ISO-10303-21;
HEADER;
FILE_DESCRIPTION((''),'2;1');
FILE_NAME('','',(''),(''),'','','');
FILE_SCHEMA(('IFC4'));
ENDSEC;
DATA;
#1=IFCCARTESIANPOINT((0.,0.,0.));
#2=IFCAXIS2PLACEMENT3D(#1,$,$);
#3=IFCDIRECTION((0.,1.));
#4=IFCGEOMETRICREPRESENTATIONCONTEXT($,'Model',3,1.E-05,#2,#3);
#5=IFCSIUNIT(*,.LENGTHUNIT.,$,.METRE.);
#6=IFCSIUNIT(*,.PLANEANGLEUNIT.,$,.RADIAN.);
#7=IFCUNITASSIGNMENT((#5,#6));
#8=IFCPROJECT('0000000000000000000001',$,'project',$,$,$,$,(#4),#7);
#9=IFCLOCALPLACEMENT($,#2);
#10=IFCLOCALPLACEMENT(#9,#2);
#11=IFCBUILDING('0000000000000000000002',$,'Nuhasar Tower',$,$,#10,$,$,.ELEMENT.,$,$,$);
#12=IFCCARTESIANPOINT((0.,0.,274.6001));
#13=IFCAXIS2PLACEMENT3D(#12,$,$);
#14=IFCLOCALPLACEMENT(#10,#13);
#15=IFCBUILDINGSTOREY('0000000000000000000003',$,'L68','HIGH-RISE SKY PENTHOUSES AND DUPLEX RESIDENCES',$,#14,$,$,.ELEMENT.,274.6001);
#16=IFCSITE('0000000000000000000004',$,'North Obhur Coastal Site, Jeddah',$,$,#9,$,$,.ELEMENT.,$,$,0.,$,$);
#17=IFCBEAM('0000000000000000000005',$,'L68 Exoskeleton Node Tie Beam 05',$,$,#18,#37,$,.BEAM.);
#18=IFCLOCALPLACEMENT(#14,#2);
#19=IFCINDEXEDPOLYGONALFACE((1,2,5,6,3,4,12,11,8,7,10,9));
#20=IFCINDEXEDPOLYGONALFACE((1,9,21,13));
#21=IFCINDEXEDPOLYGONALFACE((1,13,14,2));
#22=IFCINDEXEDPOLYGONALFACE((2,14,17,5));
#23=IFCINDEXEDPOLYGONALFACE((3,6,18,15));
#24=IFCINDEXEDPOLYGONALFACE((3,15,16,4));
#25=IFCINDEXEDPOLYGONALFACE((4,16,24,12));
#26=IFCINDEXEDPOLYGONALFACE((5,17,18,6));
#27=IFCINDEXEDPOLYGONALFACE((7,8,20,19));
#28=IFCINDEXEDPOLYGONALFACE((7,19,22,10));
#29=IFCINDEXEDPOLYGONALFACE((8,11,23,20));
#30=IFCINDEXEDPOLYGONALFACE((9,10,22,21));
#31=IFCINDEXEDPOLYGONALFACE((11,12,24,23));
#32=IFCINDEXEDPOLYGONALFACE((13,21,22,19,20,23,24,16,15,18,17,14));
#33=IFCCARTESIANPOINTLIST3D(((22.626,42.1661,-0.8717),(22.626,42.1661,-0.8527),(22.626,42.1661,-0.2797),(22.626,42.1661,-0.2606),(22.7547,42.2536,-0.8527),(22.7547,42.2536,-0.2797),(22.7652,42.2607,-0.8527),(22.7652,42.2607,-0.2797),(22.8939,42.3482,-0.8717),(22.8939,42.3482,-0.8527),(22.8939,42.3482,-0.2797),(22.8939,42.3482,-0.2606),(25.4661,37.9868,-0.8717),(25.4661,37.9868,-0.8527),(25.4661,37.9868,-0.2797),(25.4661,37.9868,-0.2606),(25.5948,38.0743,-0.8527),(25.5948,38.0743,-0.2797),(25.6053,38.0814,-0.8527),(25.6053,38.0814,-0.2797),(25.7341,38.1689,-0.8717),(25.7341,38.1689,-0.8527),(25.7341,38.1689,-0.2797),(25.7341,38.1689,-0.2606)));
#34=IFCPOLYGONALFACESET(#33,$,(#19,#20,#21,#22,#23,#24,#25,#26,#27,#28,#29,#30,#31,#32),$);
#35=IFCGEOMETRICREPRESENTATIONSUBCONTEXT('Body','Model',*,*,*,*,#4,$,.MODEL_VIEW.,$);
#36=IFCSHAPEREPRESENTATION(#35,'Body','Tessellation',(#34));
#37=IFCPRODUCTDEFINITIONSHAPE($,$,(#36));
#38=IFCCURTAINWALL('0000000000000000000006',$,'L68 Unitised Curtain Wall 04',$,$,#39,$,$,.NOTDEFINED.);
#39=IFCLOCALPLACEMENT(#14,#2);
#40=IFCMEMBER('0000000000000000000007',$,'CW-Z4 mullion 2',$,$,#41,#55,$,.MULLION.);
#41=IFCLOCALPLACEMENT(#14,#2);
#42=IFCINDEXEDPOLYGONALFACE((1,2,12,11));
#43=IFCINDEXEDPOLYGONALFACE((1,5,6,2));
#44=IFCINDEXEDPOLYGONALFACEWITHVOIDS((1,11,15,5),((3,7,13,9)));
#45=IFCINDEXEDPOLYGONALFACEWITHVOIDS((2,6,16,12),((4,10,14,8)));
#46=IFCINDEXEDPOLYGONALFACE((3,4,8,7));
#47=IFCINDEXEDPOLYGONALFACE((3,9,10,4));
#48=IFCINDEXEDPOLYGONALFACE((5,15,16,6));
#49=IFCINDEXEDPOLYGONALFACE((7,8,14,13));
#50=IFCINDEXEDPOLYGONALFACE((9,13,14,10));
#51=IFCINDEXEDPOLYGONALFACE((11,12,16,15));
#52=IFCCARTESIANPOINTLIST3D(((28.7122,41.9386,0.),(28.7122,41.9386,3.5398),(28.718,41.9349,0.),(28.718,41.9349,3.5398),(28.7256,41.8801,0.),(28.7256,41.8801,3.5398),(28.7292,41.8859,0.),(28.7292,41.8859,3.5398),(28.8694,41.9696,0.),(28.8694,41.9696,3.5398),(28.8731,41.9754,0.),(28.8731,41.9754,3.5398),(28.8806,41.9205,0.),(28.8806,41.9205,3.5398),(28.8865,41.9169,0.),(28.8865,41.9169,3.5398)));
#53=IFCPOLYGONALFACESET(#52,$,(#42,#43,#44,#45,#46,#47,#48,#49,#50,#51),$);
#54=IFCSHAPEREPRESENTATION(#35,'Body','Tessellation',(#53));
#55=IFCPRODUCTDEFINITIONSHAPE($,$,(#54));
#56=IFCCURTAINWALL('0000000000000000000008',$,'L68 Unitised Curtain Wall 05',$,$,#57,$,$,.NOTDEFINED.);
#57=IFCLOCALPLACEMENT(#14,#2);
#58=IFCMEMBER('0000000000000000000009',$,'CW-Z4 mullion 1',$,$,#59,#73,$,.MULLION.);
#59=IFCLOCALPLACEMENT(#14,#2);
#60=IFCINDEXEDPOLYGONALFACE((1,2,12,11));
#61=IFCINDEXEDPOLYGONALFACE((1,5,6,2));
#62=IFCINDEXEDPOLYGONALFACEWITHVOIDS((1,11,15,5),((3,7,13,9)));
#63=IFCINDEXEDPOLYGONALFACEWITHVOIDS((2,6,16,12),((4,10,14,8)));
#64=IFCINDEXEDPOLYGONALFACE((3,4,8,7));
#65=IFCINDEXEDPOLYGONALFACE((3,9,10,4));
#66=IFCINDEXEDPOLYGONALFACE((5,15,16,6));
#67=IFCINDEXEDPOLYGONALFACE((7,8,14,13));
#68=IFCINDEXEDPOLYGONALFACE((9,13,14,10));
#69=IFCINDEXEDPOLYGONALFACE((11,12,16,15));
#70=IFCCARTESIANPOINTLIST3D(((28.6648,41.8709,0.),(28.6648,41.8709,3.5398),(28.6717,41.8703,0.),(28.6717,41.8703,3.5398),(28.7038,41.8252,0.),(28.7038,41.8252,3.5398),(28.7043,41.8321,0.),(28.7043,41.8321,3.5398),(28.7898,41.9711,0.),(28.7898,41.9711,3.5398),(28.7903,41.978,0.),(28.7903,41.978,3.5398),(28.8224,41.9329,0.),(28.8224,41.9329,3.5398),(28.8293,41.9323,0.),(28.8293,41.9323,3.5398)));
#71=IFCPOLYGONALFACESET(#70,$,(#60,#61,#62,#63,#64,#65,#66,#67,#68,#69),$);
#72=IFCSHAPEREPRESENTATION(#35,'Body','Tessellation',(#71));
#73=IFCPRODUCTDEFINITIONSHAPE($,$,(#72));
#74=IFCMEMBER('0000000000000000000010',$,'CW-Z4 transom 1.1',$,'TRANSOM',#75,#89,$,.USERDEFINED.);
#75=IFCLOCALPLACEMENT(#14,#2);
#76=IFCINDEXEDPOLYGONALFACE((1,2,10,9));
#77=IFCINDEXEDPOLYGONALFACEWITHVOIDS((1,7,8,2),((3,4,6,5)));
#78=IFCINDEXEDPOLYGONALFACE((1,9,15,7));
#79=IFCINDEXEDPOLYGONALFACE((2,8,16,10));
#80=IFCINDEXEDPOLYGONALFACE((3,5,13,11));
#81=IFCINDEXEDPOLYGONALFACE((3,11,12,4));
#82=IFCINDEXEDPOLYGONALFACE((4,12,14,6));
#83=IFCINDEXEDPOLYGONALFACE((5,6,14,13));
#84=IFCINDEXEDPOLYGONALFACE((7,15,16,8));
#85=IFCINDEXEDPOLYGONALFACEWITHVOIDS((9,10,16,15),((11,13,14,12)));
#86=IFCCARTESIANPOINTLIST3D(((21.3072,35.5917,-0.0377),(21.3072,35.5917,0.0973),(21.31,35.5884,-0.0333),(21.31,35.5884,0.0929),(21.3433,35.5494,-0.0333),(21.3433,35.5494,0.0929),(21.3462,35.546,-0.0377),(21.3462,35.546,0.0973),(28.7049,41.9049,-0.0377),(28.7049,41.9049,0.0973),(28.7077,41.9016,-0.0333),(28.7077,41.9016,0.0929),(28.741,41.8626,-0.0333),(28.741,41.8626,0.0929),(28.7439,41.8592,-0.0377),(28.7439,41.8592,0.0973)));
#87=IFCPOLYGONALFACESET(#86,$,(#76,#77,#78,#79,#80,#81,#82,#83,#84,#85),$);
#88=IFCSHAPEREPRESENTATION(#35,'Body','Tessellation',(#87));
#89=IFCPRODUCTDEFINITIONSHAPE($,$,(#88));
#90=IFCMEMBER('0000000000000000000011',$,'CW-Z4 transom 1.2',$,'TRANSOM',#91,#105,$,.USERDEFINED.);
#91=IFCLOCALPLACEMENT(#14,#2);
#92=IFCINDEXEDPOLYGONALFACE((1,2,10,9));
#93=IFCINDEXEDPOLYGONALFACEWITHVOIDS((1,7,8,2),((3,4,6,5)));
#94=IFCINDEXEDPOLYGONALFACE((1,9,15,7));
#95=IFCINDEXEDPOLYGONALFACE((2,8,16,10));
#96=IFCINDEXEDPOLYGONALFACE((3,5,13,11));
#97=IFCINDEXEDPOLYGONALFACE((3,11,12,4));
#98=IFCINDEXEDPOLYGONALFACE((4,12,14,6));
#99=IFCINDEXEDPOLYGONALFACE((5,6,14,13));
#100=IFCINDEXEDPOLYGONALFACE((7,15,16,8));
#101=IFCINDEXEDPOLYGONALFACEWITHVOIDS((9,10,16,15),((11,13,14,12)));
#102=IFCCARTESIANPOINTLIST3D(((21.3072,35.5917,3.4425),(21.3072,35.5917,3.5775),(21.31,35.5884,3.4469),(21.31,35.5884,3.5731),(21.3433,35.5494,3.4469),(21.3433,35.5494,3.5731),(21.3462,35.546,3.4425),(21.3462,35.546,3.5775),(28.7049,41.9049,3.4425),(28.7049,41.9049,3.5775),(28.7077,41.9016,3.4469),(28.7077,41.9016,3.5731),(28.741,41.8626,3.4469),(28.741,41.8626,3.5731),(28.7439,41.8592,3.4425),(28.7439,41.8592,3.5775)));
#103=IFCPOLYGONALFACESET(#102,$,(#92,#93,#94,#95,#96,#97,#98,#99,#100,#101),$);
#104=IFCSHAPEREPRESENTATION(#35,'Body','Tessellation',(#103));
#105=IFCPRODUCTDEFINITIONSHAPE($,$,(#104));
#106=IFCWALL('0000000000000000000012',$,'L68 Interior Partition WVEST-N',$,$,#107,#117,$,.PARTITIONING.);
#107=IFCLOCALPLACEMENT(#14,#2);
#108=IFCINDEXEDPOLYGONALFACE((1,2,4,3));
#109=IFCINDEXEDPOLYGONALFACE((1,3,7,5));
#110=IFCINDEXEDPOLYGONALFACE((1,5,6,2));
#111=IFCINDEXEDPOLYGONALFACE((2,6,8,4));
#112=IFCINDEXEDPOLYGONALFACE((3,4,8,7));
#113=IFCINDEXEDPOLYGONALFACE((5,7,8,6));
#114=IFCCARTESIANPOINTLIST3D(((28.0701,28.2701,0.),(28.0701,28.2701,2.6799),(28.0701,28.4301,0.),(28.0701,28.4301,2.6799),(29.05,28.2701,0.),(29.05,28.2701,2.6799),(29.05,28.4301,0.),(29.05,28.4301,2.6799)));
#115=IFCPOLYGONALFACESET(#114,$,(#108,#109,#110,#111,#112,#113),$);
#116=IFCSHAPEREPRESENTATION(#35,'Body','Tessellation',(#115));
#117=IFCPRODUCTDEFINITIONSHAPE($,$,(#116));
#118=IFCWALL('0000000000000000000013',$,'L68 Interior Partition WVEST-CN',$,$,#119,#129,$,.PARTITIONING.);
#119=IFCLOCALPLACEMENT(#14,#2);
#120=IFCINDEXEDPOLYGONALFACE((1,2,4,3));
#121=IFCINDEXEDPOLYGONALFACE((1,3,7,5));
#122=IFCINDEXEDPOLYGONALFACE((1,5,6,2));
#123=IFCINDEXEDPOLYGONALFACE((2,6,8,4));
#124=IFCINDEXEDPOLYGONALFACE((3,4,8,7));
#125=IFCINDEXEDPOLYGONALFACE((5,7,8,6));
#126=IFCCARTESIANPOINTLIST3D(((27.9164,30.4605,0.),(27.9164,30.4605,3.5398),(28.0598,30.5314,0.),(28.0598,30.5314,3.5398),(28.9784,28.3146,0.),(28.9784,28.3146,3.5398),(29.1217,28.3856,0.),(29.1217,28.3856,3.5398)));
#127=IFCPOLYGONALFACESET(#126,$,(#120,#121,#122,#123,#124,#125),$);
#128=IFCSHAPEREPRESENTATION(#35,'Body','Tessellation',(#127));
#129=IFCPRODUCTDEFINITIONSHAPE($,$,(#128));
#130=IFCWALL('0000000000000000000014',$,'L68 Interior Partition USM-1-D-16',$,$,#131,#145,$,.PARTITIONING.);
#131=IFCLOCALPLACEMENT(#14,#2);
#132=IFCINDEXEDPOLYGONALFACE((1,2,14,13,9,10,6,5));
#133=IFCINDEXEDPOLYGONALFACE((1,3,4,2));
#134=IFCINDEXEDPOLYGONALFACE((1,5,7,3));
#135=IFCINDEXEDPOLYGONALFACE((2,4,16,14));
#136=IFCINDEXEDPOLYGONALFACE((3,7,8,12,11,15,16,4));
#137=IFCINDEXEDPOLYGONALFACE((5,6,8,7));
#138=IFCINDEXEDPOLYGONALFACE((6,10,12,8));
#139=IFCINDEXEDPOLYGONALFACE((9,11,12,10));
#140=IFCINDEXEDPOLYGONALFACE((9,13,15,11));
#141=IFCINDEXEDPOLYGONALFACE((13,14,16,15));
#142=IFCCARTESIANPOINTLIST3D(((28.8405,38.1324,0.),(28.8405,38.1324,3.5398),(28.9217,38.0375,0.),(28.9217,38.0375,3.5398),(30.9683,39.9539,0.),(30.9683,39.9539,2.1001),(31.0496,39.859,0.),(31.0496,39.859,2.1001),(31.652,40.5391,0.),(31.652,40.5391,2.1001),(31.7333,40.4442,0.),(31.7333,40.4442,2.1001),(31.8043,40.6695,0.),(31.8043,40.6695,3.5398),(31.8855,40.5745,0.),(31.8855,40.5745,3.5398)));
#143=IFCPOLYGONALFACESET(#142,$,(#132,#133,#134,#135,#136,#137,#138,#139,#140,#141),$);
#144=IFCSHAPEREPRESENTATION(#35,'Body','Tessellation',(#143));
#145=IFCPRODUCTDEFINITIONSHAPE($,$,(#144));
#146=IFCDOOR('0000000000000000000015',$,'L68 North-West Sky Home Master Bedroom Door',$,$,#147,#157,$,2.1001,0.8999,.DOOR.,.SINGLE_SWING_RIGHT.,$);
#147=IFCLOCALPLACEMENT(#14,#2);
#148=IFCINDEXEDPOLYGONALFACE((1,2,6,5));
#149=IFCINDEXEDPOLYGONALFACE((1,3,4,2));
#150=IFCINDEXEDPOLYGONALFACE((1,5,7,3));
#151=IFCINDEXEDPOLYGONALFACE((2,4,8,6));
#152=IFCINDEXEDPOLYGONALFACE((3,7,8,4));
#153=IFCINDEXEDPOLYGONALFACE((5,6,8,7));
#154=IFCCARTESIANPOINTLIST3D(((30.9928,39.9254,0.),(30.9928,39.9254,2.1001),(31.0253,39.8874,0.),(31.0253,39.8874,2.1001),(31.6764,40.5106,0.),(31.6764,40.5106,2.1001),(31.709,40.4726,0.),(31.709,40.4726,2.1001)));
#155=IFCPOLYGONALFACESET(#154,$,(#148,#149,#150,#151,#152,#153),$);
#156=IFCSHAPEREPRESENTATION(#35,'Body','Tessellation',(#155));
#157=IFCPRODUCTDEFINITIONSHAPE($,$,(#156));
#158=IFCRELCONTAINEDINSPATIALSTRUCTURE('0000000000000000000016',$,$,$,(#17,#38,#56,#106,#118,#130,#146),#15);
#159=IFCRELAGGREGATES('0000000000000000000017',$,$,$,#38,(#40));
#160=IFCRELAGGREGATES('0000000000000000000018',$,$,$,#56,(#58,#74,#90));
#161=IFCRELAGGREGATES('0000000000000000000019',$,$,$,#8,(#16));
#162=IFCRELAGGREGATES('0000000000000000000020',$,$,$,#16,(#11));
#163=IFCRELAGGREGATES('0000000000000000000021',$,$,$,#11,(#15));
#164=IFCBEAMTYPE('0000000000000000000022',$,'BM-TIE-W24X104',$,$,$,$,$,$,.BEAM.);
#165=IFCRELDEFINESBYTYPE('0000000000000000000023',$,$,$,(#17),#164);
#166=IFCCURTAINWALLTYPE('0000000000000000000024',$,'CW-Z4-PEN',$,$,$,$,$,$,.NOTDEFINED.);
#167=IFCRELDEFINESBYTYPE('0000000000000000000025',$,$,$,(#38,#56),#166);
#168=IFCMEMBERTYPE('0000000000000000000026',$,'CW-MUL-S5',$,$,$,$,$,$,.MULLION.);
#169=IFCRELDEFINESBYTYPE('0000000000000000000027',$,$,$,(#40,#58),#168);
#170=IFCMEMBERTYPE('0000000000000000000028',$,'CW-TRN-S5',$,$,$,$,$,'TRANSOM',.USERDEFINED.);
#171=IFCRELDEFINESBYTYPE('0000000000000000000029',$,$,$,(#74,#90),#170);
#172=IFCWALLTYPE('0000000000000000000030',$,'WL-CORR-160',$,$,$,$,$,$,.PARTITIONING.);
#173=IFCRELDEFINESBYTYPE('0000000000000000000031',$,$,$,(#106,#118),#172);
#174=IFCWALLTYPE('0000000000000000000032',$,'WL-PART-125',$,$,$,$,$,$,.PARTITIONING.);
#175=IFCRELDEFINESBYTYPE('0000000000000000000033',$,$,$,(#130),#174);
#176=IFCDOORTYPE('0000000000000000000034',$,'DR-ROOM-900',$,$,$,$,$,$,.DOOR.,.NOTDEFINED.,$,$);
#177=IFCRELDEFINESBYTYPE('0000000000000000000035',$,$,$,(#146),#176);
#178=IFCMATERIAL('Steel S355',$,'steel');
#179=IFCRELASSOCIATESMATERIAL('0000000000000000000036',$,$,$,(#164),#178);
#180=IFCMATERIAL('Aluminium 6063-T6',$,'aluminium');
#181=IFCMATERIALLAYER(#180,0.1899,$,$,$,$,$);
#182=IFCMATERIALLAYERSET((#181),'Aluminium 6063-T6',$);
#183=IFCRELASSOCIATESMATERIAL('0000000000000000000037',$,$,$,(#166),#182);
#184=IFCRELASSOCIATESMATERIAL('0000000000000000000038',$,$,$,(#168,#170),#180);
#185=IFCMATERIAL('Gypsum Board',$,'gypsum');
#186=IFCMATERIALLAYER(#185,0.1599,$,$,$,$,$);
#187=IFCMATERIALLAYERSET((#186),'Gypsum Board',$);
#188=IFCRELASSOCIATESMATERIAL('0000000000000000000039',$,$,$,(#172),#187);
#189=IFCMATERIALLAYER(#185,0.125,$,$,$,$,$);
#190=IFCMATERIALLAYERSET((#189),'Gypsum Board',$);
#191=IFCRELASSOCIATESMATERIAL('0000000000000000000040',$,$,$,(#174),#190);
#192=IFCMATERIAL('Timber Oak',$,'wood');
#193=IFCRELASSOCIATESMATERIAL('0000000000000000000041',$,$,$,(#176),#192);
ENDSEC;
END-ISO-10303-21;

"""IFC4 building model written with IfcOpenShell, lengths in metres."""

from ifc_helpers import new_model, si_unit, direction, frame, frame_2d, origin, origin_2d, place, context, subcontext, project, spatial, rectangle, hollow_rectangle, i_section, extrude, material, layer, layer_set, material_profile, profile_set, type_object, element, fill, aggregate, save


model = new_model("IFC4")

# Units and contexts
model_context = context("Model", 3, precision=1e-05, world=origin(), true_north=direction((0.0, 1.0)))
body_context = subcontext(model_context, "Body", "Model", "MODEL_VIEW")
ifc_project = project(units=[si_unit("LENGTHUNIT", "METRE"), si_unit("PLANEANGLEUNIT", "RADIAN")], contexts=[model_context])

# Site, building, storey
site_placement = place(None, origin())
site = spatial("IfcSite", under=ifc_project, at=site_placement, Name="North Obhur Coastal Site, Jeddah", CompositionType="ELEMENT", RefElevation=0.0)
building_placement = place(site_placement, origin())
building = spatial("IfcBuilding", under=site, at=building_placement, Name="Nuhasar Tower", CompositionType="ELEMENT")
storey_placement = place(building_placement, frame((0.0, 0.0, 274.6001)))
storey = spatial("IfcBuildingStorey", under=building, at=storey_placement, Name="L68", Description="HIGH-RISE SKY PENTHOUSES AND DUPLEX RESIDENCES", CompositionType="ELEMENT", Elevation=274.6001)

# Beam
ifc_material_1 = material(Name="Steel S355", Category="steel")
ifc_material_profile_1 = material_profile(ifc_material_1, i_section(OverallWidth=0.324, OverallDepth=0.6111, WebThickness=0.0127, FlangeThickness=0.019, at=origin_2d()), Name="W24X104")
ifc_profile_set_1 = profile_set([ifc_material_profile_1], Name="Steel S355")
beam_type_1 = type_object("IfcBeamType", Name="BM-TIE-W24X104", PredefinedType="BEAM", material=ifc_profile_set_1)
beam_1_placement = place(storey_placement, frame((25.6001, 38.0779, -0.5662), z_axis=(-0.562071, 0.827089, 0.0), x_axis=(-0.827089, -0.562071, 0.0)))
element("IfcBeam", 1, at=beam_1_placement, inside=storey, type_object=beam_type_1, Name="L68 Exoskeleton Node Tie Beam 05", PredefinedType="BEAM", context=body_context, shape_type="SweptSolid", body=[
    extrude(i_section(OverallWidth=0.324, OverallDepth=0.6111, WebThickness=0.0127, FlangeThickness=0.019, at=origin_2d()), origin(), (0.0, 0.0, 1.0), 5.053),
])

# Curtain wall, member
ifc_material_2 = material(Name="Aluminium 6063-T6", Category="aluminium")
ifc_layer_1 = layer(ifc_material_2, 0.1899)
ifc_layer_set_1 = layer_set([ifc_layer_1], Name="Aluminium 6063-T6")
curtain_wall_type = type_object("IfcCurtainWallType", Name="CW-Z4-PEN", PredefinedType="NOTDEFINED", material=ifc_layer_set_1)
curtain_wall_1_placement = place(storey_placement, origin())
curtain_wall_1 = element("IfcCurtainWall", 2, at=curtain_wall_1_placement, inside=storey, type_object=curtain_wall_type, Name="L68 Unitised Curtain Wall 04", PredefinedType="NOTDEFINED")
ifc_material_profile_2 = material_profile(ifc_material_2, hollow_rectangle(XDim=0.0601, YDim=0.165, WallThickness=0.0049, at=origin_2d()), Name="CWM-5")
ifc_profile_set_2 = profile_set([ifc_material_profile_2], Name="Aluminium 6063-T6")
member_type_1 = type_object("IfcMemberType", Name="CW-MUL-S5", PredefinedType="MULLION", material=ifc_profile_set_2)
member_1_placement = place(storey_placement, frame((28.7993, 41.9277, 0.0), z_axis=(0.0, 0.0, 1.0), x_axis=(0.222889, -0.974844, 0.0)))
member_1 = element("IfcMember", 3, at=member_1_placement, type_object=member_type_1, Name="CW-Z4 mullion 2", PredefinedType="MULLION", context=body_context, shape_type="SweptSolid", body=[
    extrude(hollow_rectangle(XDim=0.0601, YDim=0.165, WallThickness=0.0049, at=origin_2d()), origin(), (0.0, 0.0, 1.0), 3.5398),
])
aggregate(curtain_wall_1, [member_1])

# Curtain wall, members
curtain_wall_2_placement = place(storey_placement, origin())
curtain_wall_2 = element("IfcCurtainWall", 4, at=curtain_wall_2_placement, inside=storey, type_object=curtain_wall_type, Name="L68 Unitised Curtain Wall 05", PredefinedType="NOTDEFINED")
member_2_placement = place(storey_placement, frame((28.7471, 41.9016, 0.0), z_axis=(0.0, 0.0, 1.0), x_axis=(0.649142, -0.760667, 0.0)))
member_2 = element("IfcMember", 5, at=member_2_placement, type_object=member_type_1, Name="CW-Z4 mullion 1", PredefinedType="MULLION", context=body_context, shape_type="SweptSolid", body=[
    extrude(hollow_rectangle(XDim=0.0601, YDim=0.165, WallThickness=0.0049, at=origin_2d()), origin(), (0.0, 0.0, 1.0), 3.5398),
])
ifc_material_profile_3 = material_profile(ifc_material_2, hollow_rectangle(XDim=0.0601, YDim=0.135, WallThickness=0.0044, at=origin_2d()), Name="CWT-5")
ifc_profile_set_3 = profile_set([ifc_material_profile_3], Name="Aluminium 6063-T6")
member_type_2 = type_object("IfcMemberType", Name="CW-TRN-S5", ElementType="TRANSOM", PredefinedType="USERDEFINED", material=ifc_profile_set_3)
member_3_placement = place(storey_placement, frame((28.7244, 41.8821, 0.0298), z_axis=(-0.76066, -0.64915, 0.0), x_axis=(0.64915, -0.76066, 0.0)))
member_3 = element("IfcMember", 6, at=member_3_placement, type_object=member_type_2, Name="CW-Z4 transom 1.1", ObjectType="TRANSOM", PredefinedType="USERDEFINED", context=body_context, shape_type="SweptSolid", body=[
    extrude(hollow_rectangle(XDim=0.0601, YDim=0.135, WallThickness=0.0044, at=origin_2d()), origin(), (0.0, 0.0, 1.0), 9.7253),
])
member_4_placement = place(storey_placement, frame((28.7244, 41.8821, 3.51), z_axis=(-0.76066, -0.64915, 0.0), x_axis=(0.64915, -0.76066, 0.0)))
member_4 = element("IfcMember", 7, at=member_4_placement, type_object=member_type_2, Name="CW-Z4 transom 1.2", ObjectType="TRANSOM", PredefinedType="USERDEFINED", context=body_context, shape_type="SweptSolid", body=[
    extrude(hollow_rectangle(XDim=0.0601, YDim=0.135, WallThickness=0.0044, at=origin_2d()), origin(), (0.0, 0.0, 1.0), 9.7253),
])
aggregate(curtain_wall_2, [member_2, member_3, member_4])

# Shared definitions
ifc_material_3 = material(Name="Gypsum Board", Category="gypsum")
ifc_layer_2 = layer(ifc_material_3, 0.1599)
ifc_layer_set_2 = layer_set([ifc_layer_2], Name="Gypsum Board")
wall_type_1 = type_object("IfcWallType", Name="WL-CORR-160", PredefinedType="PARTITIONING", material=ifc_layer_set_2)
ifc_material_4 = material(Name="Timber Oak", Category="wood")

# Walls
wall_1_placement = place(storey_placement, frame((28.0701, 28.3501, 0.0), z_axis=(0.0, 0.0, 1.0), x_axis=(1.0, 0.0, 0.0)))
element("IfcWall", 8, at=wall_1_placement, inside=storey, type_object=wall_type_1, Name="L68 Interior Partition WVEST-N", PredefinedType="PARTITIONING", context=body_context, shape_type="SweptSolid", body=[
    extrude(rectangle(XDim=0.98, YDim=0.1599, at=frame_2d((0.49, 0.0))), origin(), (0.0, 0.0, 1.0), 2.6799),
])
wall_2_placement = place(storey_placement, frame((27.988, 30.4961, 0.0), z_axis=(0.0, 0.0, 1.0), x_axis=(0.443539, -0.896255, 0.0)))
element("IfcWall", 9, at=wall_2_placement, inside=storey, type_object=wall_type_1, Name="L68 Interior Partition WVEST-CN", PredefinedType="PARTITIONING", context=body_context, shape_type="SweptSolid", body=[
    extrude(rectangle(XDim=2.3943, YDim=0.1599, at=frame_2d((1.1973, 0.0))), origin(), (0.0, 0.0, 1.0), 3.5398),
])

# Wall, opening, door
ifc_layer_3 = layer(ifc_material_3, 0.125)
ifc_layer_set_3 = layer_set([ifc_layer_3], Name="Gypsum Board")
wall_type_2 = type_object("IfcWallType", Name="WL-PART-125", PredefinedType="PARTITIONING", material=ifc_layer_set_3)
wall_3_placement = place(storey_placement, frame((28.8811, 38.085, 0.0), z_axis=(0.0, 0.0, 1.0), x_axis=(0.75968, 0.650297, 0.0)))
wall_3 = element("IfcWall", 10, at=wall_3_placement, inside=storey, type_object=wall_type_2, Name="L68 Interior Partition USM-1-D-16", PredefinedType="PARTITIONING", context=body_context, shape_type="SweptSolid", body=[
    extrude(rectangle(XDim=3.9014, YDim=0.125, at=frame_2d((1.9507, 0.0))), origin(), (0.0, 0.0, 1.0), 3.5398),
])
opening_1_placement = place(wall_3_placement, frame((2.801, 0.0, 0.0)))
opening_1 = element("IfcOpeningElement", 11, at=opening_1_placement, cuts=wall_3, PredefinedType="OPENING", context=body_context, shape_type="SweptSolid", body=[
    extrude(rectangle(XDim=0.8999, YDim=2.1001, at=frame_2d((0.45, 1.05))), frame((0.0, 0.0725, 0.0), z_axis=(0.0, -1.0, 0.0), x_axis=(1.0, 0.0, 0.0)), (0.0, 0.0, 1.0), 0.145),
])
door_type_1 = type_object("IfcDoorType", Name="DR-ROOM-900", OperationType="NOTDEFINED", PredefinedType="DOOR", material=ifc_material_4)
door_1_placement = place(opening_1_placement, origin())
door_1 = element("IfcDoor", 12, at=door_1_placement, inside=storey, type_object=door_type_1, Name="L68 North-West Sky Home Master Bedroom Door", OperationType="SINGLE_SWING_RIGHT", OverallHeight=2.1001, OverallWidth=0.8999, PredefinedType="DOOR", context=body_context, shape_type="SweptSolid", body=[
    extrude(rectangle(XDim=0.8999, YDim=2.1001, at=frame_2d((0.45, 1.05))), frame((0.0, 0.0249, 0.0), z_axis=(0.0, -1.0, 0.0), x_axis=(1.0, 0.0, 0.0)), (0.0, 0.0, 1.0), 0.05),
])
fill(opening_1, door_1)

save(model, "model.ifc")
